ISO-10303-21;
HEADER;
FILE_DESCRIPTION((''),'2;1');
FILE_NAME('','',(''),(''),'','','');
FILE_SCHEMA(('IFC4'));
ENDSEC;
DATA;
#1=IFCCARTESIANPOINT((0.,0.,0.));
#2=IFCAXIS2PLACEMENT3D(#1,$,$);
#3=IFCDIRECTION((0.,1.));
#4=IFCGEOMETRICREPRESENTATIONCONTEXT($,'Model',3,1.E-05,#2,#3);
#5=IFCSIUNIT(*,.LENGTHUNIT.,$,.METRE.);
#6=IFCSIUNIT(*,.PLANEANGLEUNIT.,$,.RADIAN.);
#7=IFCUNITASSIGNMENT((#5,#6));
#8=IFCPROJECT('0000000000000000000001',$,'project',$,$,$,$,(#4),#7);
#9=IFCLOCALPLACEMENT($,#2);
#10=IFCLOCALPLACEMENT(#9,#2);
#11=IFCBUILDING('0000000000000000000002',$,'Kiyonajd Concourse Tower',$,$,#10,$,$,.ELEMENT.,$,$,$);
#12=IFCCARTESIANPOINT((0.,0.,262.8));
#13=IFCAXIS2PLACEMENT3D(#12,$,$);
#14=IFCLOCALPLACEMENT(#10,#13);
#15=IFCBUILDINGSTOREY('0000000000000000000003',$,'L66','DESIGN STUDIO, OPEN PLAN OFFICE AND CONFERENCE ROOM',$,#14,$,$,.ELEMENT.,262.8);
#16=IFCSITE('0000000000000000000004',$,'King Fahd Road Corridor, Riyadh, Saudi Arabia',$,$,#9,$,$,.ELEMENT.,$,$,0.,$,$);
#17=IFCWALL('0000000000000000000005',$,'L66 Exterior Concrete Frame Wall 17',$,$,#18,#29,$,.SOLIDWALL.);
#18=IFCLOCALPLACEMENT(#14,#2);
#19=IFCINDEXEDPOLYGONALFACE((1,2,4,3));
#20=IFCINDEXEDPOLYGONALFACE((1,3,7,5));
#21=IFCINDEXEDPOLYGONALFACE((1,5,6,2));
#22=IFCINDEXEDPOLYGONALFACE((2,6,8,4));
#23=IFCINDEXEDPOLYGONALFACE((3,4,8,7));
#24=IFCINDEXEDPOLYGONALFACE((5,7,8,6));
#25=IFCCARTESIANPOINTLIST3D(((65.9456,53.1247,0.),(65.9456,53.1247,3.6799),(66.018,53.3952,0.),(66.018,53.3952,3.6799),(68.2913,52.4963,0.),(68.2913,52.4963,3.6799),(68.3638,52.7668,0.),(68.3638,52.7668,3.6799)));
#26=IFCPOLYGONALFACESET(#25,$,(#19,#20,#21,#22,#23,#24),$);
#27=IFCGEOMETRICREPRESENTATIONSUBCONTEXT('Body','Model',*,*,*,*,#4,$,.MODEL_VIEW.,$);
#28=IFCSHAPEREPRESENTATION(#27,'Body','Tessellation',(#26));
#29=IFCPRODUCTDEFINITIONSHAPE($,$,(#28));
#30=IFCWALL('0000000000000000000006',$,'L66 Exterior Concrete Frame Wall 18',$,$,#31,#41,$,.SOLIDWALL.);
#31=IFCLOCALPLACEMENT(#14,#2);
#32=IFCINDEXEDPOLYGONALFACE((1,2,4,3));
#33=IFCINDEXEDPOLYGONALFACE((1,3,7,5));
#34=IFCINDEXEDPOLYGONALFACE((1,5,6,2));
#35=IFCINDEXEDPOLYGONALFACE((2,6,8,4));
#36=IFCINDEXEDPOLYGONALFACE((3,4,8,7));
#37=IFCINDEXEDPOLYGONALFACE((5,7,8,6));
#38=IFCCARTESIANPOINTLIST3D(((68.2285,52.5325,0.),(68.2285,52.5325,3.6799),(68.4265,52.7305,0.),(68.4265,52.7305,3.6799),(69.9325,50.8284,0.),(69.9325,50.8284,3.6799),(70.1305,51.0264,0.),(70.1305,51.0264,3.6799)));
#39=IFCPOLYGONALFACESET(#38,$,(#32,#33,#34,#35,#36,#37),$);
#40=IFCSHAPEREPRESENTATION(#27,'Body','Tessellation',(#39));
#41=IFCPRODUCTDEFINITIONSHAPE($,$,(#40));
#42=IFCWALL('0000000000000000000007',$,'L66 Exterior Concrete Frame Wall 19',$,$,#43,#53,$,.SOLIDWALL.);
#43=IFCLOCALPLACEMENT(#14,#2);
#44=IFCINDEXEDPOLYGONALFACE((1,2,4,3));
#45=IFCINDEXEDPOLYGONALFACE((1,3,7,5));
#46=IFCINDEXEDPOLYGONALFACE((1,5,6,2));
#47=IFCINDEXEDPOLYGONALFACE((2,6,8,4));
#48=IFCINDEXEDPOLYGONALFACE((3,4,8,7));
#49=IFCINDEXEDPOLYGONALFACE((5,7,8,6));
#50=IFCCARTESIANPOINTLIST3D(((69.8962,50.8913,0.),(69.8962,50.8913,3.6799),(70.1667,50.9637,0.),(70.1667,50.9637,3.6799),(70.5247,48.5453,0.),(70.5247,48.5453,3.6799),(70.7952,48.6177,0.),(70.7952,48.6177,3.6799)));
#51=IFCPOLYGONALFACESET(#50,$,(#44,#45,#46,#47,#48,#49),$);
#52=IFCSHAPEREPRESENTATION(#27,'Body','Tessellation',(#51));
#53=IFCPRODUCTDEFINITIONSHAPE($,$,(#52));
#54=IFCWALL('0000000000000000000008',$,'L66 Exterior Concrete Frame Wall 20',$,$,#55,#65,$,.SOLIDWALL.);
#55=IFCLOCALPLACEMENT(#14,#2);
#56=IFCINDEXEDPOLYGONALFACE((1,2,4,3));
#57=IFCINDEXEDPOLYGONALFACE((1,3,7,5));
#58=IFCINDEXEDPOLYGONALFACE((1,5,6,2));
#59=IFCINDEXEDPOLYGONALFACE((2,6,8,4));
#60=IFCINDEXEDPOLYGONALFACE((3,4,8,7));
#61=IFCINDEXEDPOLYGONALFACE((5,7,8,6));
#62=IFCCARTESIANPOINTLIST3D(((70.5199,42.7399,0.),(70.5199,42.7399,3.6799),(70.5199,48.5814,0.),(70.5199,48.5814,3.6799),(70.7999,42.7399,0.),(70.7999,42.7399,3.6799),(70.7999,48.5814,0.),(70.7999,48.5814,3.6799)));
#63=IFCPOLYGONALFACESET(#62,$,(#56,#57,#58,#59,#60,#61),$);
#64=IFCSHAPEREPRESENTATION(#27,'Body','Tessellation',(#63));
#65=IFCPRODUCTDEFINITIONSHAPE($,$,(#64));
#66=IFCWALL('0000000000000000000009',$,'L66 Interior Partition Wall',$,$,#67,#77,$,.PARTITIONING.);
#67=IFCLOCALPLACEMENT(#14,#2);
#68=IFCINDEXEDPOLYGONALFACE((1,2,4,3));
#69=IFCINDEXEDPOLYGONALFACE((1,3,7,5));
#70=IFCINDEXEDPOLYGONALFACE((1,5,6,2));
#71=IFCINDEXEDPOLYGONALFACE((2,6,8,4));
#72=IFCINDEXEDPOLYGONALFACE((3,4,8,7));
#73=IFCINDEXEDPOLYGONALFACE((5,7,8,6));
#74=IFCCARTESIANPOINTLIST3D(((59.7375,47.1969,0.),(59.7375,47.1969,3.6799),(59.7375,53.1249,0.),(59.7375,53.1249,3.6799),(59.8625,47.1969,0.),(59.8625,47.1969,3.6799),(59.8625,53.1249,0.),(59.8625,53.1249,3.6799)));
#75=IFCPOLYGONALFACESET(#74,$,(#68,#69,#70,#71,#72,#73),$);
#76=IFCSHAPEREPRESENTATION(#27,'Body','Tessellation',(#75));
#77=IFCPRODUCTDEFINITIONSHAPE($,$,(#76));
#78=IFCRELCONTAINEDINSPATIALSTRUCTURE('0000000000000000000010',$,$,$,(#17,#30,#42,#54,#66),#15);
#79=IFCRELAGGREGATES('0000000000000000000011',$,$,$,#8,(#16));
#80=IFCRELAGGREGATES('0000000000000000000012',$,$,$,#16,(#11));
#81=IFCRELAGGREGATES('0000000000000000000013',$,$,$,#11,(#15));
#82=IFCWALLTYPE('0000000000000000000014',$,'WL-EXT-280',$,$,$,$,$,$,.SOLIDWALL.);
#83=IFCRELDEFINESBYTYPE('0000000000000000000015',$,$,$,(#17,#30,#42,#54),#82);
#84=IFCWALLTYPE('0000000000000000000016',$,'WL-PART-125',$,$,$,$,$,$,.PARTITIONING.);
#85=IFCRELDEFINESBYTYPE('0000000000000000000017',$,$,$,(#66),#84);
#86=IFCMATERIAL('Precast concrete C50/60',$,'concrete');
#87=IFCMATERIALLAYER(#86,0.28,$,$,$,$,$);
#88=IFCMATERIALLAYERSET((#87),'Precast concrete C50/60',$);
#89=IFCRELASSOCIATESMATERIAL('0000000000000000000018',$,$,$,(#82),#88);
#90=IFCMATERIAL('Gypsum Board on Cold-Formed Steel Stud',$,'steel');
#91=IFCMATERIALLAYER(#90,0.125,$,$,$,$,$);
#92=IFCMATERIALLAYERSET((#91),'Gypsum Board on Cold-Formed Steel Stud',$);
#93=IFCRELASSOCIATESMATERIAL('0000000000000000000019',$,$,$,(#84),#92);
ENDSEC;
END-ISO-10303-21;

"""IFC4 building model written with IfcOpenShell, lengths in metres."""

from ifc_helpers import new_model, si_unit, direction, frame, frame_2d, origin, place, context, subcontext, project, spatial, rectangle, extrude, material, layer, layer_set, type_object, element, save


model = new_model("IFC4")

# Units and contexts
model_context = context("Model", 3, precision=1e-05, world=origin(), true_north=direction((0.0, 1.0)))
body_context = subcontext(model_context, "Body", "Model", "MODEL_VIEW")
ifc_project = project(units=[si_unit("LENGTHUNIT", "METRE"), si_unit("PLANEANGLEUNIT", "RADIAN")], contexts=[model_context])

# Site, building, storey
site_placement = place(None, origin())
site = spatial("IfcSite", under=ifc_project, at=site_placement, Name="King Fahd Road Corridor, Riyadh, Saudi Arabia", CompositionType="ELEMENT", RefElevation=0.0)
building_placement = place(site_placement, origin())
building = spatial("IfcBuilding", under=site, at=building_placement, Name="Kiyonajd Concourse Tower", CompositionType="ELEMENT")
storey_placement = place(building_placement, frame((0.0, 0.0, 262.8)))
storey = spatial("IfcBuildingStorey", under=building, at=storey_placement, Name="L66", Description="DESIGN STUDIO, OPEN PLAN OFFICE AND CONFERENCE ROOM", CompositionType="ELEMENT", Elevation=262.8)

# Walls
ifc_material_1 = material(Name="Precast concrete C50/60", Category="concrete")
ifc_layer_1 = layer(ifc_material_1, 0.28)
ifc_layer_set_1 = layer_set([ifc_layer_1], Name="Precast concrete C50/60")
wall_type_1 = type_object("IfcWallType", Name="WL-EXT-280", PredefinedType="SOLIDWALL", material=ifc_layer_set_1)
wall_1_placement = place(storey_placement, frame((65.9817, 53.26, 0.0), z_axis=(0.0, 0.0, 1.0), x_axis=(0.965937, -0.258776, 0.0)))
element("IfcWall", 1, at=wall_1_placement, inside=storey, type_object=wall_type_1, Name="L66 Exterior Concrete Frame Wall 17", PredefinedType="SOLIDWALL", context=body_context, shape_type="SweptSolid", body=[
    extrude(rectangle(XDim=2.4285, YDim=0.28, at=frame_2d((1.2144, 0.0))), origin(), (0.0, 0.0, 1.0), 3.6799),
])
wall_2_placement = place(storey_placement, frame((68.3274, 52.6316, 0.0), z_axis=(0.0, 0.0, 1.0), x_axis=(0.707107, -0.707107, 0.0)))
element("IfcWall", 2, at=wall_2_placement, inside=storey, type_object=wall_type_1, Name="L66 Exterior Concrete Frame Wall 18", PredefinedType="SOLIDWALL", context=body_context, shape_type="SweptSolid", body=[
    extrude(rectangle(XDim=2.4099, YDim=0.28, at=frame_2d((1.2051, 0.0))), origin(), (0.0, 0.0, 1.0), 3.6799),
])
wall_3_placement = place(storey_placement, frame((70.0315, 50.9275, 0.0), z_axis=(0.0, 0.0, 1.0), x_axis=(0.258751, -0.965944, 0.0)))
element("IfcWall", 3, at=wall_3_placement, inside=storey, type_object=wall_type_1, Name="L66 Exterior Concrete Frame Wall 19", PredefinedType="SOLIDWALL", context=body_context, shape_type="SweptSolid", body=[
    extrude(rectangle(XDim=2.4287, YDim=0.28, at=frame_2d((1.2144, 0.0))), origin(), (0.0, 0.0, 1.0), 3.6799),
])
wall_4_placement = place(storey_placement, frame((70.6599, 48.5815, 0.0), z_axis=(0.0, 0.0, 1.0), x_axis=(0.0, -1.0, 0.0)))
element("IfcWall", 4, at=wall_4_placement, inside=storey, type_object=wall_type_1, Name="L66 Exterior Concrete Frame Wall 20", PredefinedType="SOLIDWALL", context=body_context, shape_type="SweptSolid", body=[
    extrude(rectangle(XDim=5.8416, YDim=0.28, at=frame_2d((2.9209, 0.0))), origin(), (0.0, 0.0, 1.0), 3.6799),
])
ifc_material_2 = material(Name="Gypsum Board on Cold-Formed Steel Stud", Category="steel")
ifc_layer_2 = layer(ifc_material_2, 0.125)
ifc_layer_set_2 = layer_set([ifc_layer_2], Name="Gypsum Board on Cold-Formed Steel Stud")
wall_type_2 = type_object("IfcWallType", Name="WL-PART-125", PredefinedType="PARTITIONING", material=ifc_layer_set_2)
wall_5_placement = place(storey_placement, frame((59.8, 47.197, 0.0), z_axis=(0.0, 0.0, 1.0), x_axis=(0.0, 1.0, 0.0)))
element("IfcWall", 5, at=wall_5_placement, inside=storey, type_object=wall_type_2, Name="L66 Interior Partition Wall", PredefinedType="PARTITIONING", context=body_context, shape_type="SweptSolid", body=[
    extrude(rectangle(XDim=5.928, YDim=0.125, at=frame_2d((2.9639, 0.0))), origin(), (0.0, 0.0, 1.0), 3.6799),
])

save(model, "model.ifc")
